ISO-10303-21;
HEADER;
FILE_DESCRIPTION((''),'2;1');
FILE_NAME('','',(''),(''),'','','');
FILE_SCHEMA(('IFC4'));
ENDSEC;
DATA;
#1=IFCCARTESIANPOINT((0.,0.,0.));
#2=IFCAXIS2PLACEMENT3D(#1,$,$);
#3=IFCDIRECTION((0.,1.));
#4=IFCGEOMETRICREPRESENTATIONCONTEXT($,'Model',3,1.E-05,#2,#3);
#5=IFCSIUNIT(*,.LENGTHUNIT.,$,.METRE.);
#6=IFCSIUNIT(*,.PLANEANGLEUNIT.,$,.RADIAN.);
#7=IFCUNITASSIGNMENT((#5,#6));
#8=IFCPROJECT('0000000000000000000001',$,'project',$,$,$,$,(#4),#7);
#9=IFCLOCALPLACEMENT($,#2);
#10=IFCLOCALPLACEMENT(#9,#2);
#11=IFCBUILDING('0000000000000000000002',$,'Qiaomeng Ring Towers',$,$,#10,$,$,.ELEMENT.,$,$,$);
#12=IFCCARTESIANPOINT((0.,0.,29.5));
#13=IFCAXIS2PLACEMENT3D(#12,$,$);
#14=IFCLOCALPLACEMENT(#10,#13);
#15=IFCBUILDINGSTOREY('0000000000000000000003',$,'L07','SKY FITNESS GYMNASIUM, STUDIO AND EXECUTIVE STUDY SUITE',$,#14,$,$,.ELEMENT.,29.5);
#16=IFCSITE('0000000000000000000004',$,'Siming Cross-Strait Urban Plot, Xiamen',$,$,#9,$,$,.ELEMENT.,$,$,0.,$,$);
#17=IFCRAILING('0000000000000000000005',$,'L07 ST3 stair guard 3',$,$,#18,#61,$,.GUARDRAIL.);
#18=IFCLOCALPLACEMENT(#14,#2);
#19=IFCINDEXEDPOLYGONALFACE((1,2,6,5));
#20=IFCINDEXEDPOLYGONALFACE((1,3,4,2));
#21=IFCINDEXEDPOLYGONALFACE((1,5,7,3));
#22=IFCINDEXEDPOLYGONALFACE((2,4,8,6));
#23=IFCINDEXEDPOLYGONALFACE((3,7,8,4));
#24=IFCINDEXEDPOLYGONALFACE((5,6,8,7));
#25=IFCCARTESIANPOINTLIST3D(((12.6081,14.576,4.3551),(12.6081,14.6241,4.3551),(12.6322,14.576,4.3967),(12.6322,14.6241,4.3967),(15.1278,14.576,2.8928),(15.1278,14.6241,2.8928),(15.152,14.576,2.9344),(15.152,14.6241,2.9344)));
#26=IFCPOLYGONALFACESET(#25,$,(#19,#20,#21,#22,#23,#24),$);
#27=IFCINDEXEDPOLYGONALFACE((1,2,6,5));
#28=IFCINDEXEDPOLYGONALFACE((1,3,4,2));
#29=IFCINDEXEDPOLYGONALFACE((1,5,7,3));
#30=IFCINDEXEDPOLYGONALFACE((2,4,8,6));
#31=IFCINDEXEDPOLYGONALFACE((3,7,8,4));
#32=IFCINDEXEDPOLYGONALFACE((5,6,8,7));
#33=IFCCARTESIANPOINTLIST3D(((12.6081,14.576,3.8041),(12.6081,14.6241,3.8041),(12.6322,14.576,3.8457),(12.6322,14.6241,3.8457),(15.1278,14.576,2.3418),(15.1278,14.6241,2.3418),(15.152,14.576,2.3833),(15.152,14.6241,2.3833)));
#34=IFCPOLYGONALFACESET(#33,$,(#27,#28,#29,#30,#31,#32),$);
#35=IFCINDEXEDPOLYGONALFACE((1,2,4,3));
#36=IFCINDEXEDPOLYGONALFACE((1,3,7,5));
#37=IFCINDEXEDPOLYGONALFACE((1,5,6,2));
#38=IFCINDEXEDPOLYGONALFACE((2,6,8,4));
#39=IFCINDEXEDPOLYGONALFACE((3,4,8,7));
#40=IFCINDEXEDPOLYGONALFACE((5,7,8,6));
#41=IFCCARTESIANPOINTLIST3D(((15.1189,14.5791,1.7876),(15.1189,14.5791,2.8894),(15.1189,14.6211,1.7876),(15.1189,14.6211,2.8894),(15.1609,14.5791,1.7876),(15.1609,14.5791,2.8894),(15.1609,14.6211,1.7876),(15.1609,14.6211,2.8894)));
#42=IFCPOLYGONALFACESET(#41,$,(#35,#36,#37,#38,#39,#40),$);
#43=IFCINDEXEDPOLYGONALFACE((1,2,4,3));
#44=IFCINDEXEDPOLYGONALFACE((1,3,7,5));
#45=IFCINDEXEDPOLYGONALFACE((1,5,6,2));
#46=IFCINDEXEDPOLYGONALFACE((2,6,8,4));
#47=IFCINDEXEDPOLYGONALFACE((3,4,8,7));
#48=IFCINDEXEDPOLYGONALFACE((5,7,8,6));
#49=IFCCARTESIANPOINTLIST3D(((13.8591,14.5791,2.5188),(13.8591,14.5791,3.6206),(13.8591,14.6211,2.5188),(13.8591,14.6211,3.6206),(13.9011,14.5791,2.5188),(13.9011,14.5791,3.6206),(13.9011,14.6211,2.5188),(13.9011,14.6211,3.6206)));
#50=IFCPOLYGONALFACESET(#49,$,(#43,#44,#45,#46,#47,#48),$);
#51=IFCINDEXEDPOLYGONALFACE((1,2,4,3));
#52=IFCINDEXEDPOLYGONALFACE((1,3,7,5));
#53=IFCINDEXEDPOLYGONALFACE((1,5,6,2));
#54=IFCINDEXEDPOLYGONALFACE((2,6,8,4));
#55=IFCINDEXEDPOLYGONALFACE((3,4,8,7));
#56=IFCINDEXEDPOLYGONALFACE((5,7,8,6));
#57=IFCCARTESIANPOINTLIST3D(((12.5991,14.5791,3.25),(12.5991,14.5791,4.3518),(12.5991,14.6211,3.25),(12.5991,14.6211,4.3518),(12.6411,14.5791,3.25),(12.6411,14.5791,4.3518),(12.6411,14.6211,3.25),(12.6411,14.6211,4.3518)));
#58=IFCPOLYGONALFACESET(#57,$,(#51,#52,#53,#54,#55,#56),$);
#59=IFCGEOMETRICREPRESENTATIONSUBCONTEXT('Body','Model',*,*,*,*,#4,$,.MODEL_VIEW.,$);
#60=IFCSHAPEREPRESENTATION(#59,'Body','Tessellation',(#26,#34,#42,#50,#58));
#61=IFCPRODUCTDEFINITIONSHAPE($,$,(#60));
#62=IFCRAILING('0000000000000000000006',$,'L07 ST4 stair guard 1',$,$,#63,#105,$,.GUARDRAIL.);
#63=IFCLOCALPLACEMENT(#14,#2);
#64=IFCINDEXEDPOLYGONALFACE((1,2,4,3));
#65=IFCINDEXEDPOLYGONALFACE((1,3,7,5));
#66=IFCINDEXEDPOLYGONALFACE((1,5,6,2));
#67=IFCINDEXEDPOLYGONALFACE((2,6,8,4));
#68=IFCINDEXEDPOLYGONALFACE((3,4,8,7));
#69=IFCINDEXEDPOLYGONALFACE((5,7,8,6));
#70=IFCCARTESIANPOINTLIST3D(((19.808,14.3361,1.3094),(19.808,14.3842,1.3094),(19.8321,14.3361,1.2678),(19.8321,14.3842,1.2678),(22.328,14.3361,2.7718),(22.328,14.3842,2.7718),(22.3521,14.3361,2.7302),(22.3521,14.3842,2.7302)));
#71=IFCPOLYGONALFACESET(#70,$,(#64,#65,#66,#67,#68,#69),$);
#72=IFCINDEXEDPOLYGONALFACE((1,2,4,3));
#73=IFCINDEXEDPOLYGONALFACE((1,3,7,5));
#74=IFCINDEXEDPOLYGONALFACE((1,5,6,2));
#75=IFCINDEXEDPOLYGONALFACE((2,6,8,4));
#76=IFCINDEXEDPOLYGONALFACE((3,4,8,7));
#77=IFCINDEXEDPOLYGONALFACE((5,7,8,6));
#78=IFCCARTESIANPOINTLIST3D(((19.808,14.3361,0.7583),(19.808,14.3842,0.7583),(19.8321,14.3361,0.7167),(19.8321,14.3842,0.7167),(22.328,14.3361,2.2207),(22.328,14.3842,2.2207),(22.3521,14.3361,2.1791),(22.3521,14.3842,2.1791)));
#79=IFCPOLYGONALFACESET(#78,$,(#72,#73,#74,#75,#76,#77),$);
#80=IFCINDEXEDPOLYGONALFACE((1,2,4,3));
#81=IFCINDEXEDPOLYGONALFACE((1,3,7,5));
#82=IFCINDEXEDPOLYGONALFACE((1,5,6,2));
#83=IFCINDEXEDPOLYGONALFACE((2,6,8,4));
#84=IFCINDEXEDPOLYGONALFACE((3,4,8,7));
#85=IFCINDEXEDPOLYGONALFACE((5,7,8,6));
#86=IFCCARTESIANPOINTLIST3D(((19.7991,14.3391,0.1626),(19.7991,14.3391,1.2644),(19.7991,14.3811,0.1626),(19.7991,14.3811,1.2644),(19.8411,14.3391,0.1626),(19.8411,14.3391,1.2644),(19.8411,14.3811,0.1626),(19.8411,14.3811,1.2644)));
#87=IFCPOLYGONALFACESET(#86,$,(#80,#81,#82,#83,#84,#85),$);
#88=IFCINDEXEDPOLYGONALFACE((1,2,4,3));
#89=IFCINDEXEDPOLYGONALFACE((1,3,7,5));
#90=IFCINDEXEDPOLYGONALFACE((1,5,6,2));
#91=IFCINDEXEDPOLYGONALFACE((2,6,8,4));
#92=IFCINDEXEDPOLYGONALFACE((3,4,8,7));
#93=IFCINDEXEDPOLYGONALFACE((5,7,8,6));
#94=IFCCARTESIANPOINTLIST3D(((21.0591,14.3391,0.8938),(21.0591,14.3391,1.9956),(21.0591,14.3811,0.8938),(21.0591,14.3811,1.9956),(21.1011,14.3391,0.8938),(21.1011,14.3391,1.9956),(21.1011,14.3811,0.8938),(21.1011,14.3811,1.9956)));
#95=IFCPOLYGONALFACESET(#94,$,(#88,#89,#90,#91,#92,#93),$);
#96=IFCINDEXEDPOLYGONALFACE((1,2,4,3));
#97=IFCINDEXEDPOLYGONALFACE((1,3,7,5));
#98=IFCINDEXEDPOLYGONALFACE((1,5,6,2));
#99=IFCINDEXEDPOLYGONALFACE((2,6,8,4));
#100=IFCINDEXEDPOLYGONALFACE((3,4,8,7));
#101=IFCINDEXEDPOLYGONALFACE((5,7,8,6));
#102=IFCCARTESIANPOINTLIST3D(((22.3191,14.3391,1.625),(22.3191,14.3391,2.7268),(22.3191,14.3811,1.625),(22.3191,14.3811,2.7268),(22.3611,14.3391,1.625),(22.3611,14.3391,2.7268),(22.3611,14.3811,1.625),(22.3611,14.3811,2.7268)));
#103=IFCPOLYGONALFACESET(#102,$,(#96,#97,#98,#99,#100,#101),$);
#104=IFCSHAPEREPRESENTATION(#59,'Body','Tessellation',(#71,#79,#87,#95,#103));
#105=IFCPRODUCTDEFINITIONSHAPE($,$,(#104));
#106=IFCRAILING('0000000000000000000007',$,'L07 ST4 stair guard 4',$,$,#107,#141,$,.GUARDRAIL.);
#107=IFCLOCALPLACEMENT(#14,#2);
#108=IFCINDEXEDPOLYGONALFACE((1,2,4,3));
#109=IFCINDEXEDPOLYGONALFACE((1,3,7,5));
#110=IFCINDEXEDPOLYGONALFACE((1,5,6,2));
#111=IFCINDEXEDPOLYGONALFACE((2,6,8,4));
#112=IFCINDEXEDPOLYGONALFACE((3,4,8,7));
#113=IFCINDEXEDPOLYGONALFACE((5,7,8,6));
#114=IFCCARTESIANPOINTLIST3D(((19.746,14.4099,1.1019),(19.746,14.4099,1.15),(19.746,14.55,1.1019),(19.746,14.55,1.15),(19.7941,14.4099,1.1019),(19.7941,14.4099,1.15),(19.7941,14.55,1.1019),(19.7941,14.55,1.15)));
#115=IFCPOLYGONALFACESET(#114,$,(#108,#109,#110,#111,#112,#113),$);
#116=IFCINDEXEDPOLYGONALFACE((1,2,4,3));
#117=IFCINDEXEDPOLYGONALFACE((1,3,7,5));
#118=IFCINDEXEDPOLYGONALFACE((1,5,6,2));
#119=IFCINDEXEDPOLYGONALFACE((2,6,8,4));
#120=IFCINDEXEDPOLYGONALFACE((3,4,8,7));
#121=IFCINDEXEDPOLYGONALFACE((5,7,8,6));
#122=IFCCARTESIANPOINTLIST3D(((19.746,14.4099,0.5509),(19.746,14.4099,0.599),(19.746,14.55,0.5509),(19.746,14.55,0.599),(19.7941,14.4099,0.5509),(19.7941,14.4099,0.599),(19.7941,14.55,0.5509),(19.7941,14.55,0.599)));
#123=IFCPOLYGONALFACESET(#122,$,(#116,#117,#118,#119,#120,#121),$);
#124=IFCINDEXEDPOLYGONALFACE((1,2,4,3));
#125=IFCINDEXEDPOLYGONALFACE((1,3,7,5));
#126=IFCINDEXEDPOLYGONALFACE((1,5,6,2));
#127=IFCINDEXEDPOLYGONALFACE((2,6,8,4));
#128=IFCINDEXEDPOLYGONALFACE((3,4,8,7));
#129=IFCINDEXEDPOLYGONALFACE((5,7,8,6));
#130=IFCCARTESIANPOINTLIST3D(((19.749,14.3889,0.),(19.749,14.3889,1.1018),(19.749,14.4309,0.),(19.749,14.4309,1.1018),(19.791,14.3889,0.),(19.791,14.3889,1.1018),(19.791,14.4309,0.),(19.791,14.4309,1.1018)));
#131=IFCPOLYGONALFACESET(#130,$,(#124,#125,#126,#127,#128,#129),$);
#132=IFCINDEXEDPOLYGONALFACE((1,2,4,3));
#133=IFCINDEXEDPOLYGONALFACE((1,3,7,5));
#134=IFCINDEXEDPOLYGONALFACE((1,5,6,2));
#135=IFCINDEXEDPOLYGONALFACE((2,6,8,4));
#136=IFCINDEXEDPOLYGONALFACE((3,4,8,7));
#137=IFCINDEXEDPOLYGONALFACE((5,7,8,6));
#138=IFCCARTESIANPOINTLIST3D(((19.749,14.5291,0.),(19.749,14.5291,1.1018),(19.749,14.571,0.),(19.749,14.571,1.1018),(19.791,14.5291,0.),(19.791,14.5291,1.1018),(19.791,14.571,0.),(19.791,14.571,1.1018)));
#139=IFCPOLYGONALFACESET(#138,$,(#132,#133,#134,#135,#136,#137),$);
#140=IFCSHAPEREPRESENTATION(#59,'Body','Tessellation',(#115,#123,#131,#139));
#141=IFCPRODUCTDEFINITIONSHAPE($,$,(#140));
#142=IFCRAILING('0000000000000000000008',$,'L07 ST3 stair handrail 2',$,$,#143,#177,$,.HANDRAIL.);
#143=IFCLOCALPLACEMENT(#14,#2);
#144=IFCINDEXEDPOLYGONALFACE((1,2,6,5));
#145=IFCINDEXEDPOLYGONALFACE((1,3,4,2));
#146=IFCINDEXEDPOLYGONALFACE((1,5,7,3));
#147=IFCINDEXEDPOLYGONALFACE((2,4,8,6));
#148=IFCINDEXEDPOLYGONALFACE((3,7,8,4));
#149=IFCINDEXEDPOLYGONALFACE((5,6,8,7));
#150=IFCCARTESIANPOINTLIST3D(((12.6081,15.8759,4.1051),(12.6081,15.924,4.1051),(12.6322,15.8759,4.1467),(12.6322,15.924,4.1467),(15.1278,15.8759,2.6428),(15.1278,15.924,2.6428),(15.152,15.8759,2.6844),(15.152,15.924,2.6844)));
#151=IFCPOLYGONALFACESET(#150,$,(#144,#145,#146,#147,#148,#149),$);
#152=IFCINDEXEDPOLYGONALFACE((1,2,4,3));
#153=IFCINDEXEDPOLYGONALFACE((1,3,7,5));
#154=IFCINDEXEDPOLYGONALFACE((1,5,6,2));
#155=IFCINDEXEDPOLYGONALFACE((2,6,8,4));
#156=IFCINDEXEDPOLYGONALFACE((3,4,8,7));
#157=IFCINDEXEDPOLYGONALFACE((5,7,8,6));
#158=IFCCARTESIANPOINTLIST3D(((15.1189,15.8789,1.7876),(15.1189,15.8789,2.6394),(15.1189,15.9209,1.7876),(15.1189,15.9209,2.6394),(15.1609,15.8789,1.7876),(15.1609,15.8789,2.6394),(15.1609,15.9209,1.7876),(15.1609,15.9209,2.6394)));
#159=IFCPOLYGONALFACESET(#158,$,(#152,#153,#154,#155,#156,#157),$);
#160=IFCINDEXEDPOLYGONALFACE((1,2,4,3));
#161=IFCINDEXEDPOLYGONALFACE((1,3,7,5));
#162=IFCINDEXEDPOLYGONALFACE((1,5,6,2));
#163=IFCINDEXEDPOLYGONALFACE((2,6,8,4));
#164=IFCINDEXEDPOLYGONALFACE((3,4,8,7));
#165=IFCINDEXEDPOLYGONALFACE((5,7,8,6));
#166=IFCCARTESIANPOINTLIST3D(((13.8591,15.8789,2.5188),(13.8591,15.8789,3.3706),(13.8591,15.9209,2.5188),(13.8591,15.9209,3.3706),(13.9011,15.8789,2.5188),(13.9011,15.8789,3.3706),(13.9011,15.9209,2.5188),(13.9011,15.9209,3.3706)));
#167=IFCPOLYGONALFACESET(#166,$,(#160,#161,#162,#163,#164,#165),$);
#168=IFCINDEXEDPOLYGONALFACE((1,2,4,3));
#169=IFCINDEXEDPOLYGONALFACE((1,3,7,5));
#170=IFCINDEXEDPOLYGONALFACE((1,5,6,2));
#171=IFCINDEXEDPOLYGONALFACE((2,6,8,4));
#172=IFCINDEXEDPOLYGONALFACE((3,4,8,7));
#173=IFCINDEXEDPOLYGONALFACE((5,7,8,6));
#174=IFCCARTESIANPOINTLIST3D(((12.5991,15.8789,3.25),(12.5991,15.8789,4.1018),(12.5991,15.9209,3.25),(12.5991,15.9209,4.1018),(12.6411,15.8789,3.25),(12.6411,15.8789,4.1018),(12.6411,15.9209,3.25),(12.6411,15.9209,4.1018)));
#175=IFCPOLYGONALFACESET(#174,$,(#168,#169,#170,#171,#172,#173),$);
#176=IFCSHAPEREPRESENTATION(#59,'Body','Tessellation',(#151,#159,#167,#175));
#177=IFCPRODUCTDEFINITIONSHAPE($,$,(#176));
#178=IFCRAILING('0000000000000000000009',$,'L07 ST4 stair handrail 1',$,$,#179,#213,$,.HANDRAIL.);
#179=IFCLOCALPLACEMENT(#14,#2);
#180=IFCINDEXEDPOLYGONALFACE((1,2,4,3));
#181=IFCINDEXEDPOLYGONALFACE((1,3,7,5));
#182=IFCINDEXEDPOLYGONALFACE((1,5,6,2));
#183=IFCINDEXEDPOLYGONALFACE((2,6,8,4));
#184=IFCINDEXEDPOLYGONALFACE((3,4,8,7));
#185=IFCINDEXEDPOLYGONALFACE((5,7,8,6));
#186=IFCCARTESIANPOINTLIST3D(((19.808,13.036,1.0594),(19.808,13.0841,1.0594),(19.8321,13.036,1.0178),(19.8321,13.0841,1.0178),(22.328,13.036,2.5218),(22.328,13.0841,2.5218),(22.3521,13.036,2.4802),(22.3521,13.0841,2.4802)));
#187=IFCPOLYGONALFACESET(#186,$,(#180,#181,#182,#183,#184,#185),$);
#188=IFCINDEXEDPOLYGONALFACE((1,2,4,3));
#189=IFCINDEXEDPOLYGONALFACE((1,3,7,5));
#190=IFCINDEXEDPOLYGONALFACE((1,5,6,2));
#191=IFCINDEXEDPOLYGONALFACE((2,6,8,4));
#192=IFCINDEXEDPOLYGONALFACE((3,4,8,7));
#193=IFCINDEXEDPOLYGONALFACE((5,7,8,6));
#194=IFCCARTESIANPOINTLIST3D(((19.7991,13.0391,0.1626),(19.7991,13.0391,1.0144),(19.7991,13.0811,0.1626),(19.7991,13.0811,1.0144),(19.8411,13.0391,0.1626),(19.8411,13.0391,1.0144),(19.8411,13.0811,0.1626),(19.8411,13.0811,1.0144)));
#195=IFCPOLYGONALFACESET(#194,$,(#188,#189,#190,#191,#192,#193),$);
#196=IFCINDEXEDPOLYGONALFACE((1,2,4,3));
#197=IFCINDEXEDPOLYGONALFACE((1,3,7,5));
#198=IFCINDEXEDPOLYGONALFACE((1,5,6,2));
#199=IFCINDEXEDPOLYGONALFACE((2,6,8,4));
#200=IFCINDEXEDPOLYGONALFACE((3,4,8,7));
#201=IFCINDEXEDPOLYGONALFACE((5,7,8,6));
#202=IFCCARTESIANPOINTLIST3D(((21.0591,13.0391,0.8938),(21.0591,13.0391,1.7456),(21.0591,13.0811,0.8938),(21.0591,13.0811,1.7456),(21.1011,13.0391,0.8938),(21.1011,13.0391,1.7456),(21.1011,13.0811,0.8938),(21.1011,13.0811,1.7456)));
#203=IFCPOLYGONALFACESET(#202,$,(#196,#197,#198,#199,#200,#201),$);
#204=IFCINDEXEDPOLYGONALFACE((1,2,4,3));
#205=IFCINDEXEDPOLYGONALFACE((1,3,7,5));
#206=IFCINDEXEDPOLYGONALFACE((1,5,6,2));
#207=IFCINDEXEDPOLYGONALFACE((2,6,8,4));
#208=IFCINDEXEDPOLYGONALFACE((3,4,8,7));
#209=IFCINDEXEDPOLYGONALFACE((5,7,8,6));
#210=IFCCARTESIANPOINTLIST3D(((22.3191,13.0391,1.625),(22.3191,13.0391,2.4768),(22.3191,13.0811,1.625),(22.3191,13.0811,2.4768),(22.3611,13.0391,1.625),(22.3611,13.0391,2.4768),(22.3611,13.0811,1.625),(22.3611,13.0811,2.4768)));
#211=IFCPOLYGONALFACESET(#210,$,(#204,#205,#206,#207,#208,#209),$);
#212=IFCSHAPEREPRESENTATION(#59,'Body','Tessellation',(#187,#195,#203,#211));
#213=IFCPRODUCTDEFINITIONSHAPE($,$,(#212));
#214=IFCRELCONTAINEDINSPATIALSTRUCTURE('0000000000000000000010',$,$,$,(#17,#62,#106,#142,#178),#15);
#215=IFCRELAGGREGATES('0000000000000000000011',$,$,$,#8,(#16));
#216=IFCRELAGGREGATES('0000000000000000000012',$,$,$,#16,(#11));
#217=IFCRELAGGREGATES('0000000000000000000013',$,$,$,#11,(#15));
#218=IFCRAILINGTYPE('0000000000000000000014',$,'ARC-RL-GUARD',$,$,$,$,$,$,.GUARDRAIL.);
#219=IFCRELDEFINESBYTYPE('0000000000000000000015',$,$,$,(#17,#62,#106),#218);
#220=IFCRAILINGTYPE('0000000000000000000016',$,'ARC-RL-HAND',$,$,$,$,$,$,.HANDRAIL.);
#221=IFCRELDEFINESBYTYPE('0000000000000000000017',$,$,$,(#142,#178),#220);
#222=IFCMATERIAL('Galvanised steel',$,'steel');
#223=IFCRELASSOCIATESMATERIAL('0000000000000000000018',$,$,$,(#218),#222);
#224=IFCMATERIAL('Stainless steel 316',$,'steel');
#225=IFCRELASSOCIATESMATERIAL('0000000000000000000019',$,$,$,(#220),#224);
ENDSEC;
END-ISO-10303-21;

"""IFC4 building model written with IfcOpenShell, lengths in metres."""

from ifc_helpers import new_model, si_unit, direction, frame, origin, origin_2d, place, context, subcontext, project, spatial, rectangle, extrude, material, type_object, element, save


model = new_model("IFC4")

# Units and contexts
model_context = context("Model", 3, precision=1e-05, world=origin(), true_north=direction((0.0, 1.0)))
body_context = subcontext(model_context, "Body", "Model", "MODEL_VIEW")
ifc_project = project(units=[si_unit("LENGTHUNIT", "METRE"), si_unit("PLANEANGLEUNIT", "RADIAN")], contexts=[model_context])

# Site, building, storey
site_placement = place(None, origin())
site = spatial("IfcSite", under=ifc_project, at=site_placement, Name="Siming Cross-Strait Urban Plot, Xiamen", CompositionType="ELEMENT", RefElevation=0.0)
building_placement = place(site_placement, origin())
building = spatial("IfcBuilding", under=site, at=building_placement, Name="Qiaomeng Ring Towers", CompositionType="ELEMENT")
storey_placement = place(building_placement, frame((0.0, 0.0, 29.5)))
storey = spatial("IfcBuildingStorey", under=building, at=storey_placement, Name="L07", Description="SKY FITNESS GYMNASIUM, STUDIO AND EXECUTIVE STUDY SUITE", CompositionType="ELEMENT", Elevation=29.5)

# Shared definitions
ifc_material_1 = material(Name="Galvanised steel", Category="steel")

# Railings
railing_type_1 = type_object("IfcRailingType", Name="ARC-RL-GUARD", PredefinedType="GUARDRAIL", material=ifc_material_1)
railing_1_placement = place(storey_placement, frame((15.1399, 14.6001, 1.7876)))
element("IfcRailing", 1, at=railing_1_placement, inside=storey, type_object=railing_type_1, Name="L07 ST3 stair guard 3", PredefinedType="GUARDRAIL", context=body_context, shape_type="SweptSolid", body=[
    extrude(rectangle(XDim=0.0481, YDim=0.0481, at=origin_2d()), frame((0.0, 0.0, 1.126), z_axis=(-0.864892, 0.0, 0.501958), x_axis=(0.0, -1.0, 0.0)), (0.0, 0.0, 1.0), 2.9133),
    extrude(rectangle(XDim=0.0481, YDim=0.0481, at=origin_2d()), frame((0.0, 0.0, 0.575), z_axis=(-0.864892, 0.0, 0.501958), x_axis=(0.0, -1.0, 0.0)), (0.0, 0.0, 1.0), 2.9133),
    extrude(rectangle(XDim=0.042, YDim=0.042, at=origin_2d()), origin(), (0.0, 0.0, 1.0), 1.1018),
    extrude(rectangle(XDim=0.042, YDim=0.042, at=origin_2d()), frame((-1.2598, 0.0, 0.7312)), (0.0, 0.0, 1.0), 1.1018),
    extrude(rectangle(XDim=0.042, YDim=0.042, at=origin_2d()), frame((-2.5198, 0.0, 1.4624)), (0.0, 0.0, 1.0), 1.1018),
])
railing_2_placement = place(storey_placement, frame((19.8201, 14.3601, 0.1626)))
element("IfcRailing", 2, at=railing_2_placement, inside=storey, type_object=railing_type_1, Name="L07 ST4 stair guard 1", PredefinedType="GUARDRAIL", context=body_context, shape_type="SweptSolid", body=[
    extrude(rectangle(XDim=0.0481, YDim=0.0481, at=origin_2d()), frame((0.0, 0.0, 1.126), z_axis=(0.864913, 0.0, 0.501921), x_axis=(0.0, 1.0, 0.0)), (0.0, 0.0, 1.0), 2.9136),
    extrude(rectangle(XDim=0.0481, YDim=0.0481, at=origin_2d()), frame((0.0, 0.0, 0.575), z_axis=(0.864913, 0.0, 0.501921), x_axis=(0.0, 1.0, 0.0)), (0.0, 0.0, 1.0), 2.9136),
    extrude(rectangle(XDim=0.042, YDim=0.042, at=origin_2d()), origin(), (0.0, 0.0, 1.0), 1.1018),
    extrude(rectangle(XDim=0.042, YDim=0.042, at=origin_2d()), frame((1.26, 0.0, 0.7312)), (0.0, 0.0, 1.0), 1.1018),
    extrude(rectangle(XDim=0.042, YDim=0.042, at=origin_2d()), frame((2.52, 0.0, 1.4624)), (0.0, 0.0, 1.0), 1.1018),
])
railing_3_placement = place(storey_placement, frame((19.77, 14.4099, 0.0)))
element("IfcRailing", 3, at=railing_3_placement, inside=storey, type_object=railing_type_1, Name="L07 ST4 stair guard 4", PredefinedType="GUARDRAIL", context=body_context, shape_type="SweptSolid", body=[
    extrude(rectangle(XDim=0.0481, YDim=0.0481, at=origin_2d()), frame((0.0, 0.0, 1.126), z_axis=(0.0, 1.0, 0.0), x_axis=(-1.0, 0.0, 0.0)), (0.0, 0.0, 1.0), 0.1401),
    extrude(rectangle(XDim=0.0481, YDim=0.0481, at=origin_2d()), frame((0.0, 0.0, 0.575), z_axis=(0.0, 1.0, 0.0), x_axis=(-1.0, 0.0, 0.0)), (0.0, 0.0, 1.0), 0.1401),
    extrude(rectangle(XDim=0.042, YDim=0.042, at=origin_2d()), origin(), (0.0, 0.0, 1.0), 1.1018),
    extrude(rectangle(XDim=0.042, YDim=0.042, at=origin_2d()), frame((0.0, 0.1401, 0.0)), (0.0, 0.0, 1.0), 1.1018),
])
ifc_material_2 = material(Name="Stainless steel 316", Category="steel")
railing_type_2 = type_object("IfcRailingType", Name="ARC-RL-HAND", PredefinedType="HANDRAIL", material=ifc_material_2)
railing_4_placement = place(storey_placement, frame((15.1399, 15.8999, 1.7876)))
element("IfcRailing", 4, at=railing_4_placement, inside=storey, type_object=railing_type_2, Name="L07 ST3 stair handrail 2", PredefinedType="HANDRAIL", context=body_context, shape_type="SweptSolid", body=[
    extrude(rectangle(XDim=0.0481, YDim=0.0481, at=origin_2d()), frame((0.0, 0.0, 0.876), z_axis=(-0.864892, 0.0, 0.501958), x_axis=(0.0, -1.0, 0.0)), (0.0, 0.0, 1.0), 2.9133),
    extrude(rectangle(XDim=0.042, YDim=0.042, at=origin_2d()), origin(), (0.0, 0.0, 1.0), 0.8518),
    extrude(rectangle(XDim=0.042, YDim=0.042, at=origin_2d()), frame((-1.2598, 0.0, 0.7312)), (0.0, 0.0, 1.0), 0.8518),
    extrude(rectangle(XDim=0.042, YDim=0.042, at=origin_2d()), frame((-2.5198, 0.0, 1.4624)), (0.0, 0.0, 1.0), 0.8518),
])
railing_5_placement = place(storey_placement, frame((19.8201, 13.0601, 0.1626)))
element("IfcRailing", 5, at=railing_5_placement, inside=storey, type_object=railing_type_2, Name="L07 ST4 stair handrail 1", PredefinedType="HANDRAIL", context=body_context, shape_type="SweptSolid", body=[
    extrude(rectangle(XDim=0.0481, YDim=0.0481, at=origin_2d()), frame((0.0, 0.0, 0.876), z_axis=(0.864913, 0.0, 0.501921), x_axis=(0.0, 1.0, 0.0)), (0.0, 0.0, 1.0), 2.9136),
    extrude(rectangle(XDim=0.042, YDim=0.042, at=origin_2d()), origin(), (0.0, 0.0, 1.0), 0.8518),
    extrude(rectangle(XDim=0.042, YDim=0.042, at=origin_2d()), frame((1.26, 0.0, 0.7312)), (0.0, 0.0, 1.0), 0.8518),
    extrude(rectangle(XDim=0.042, YDim=0.042, at=origin_2d()), frame((2.52, 0.0, 1.4624)), (0.0, 0.0, 1.0), 0.8518),
])

save(model, "model.ifc")
